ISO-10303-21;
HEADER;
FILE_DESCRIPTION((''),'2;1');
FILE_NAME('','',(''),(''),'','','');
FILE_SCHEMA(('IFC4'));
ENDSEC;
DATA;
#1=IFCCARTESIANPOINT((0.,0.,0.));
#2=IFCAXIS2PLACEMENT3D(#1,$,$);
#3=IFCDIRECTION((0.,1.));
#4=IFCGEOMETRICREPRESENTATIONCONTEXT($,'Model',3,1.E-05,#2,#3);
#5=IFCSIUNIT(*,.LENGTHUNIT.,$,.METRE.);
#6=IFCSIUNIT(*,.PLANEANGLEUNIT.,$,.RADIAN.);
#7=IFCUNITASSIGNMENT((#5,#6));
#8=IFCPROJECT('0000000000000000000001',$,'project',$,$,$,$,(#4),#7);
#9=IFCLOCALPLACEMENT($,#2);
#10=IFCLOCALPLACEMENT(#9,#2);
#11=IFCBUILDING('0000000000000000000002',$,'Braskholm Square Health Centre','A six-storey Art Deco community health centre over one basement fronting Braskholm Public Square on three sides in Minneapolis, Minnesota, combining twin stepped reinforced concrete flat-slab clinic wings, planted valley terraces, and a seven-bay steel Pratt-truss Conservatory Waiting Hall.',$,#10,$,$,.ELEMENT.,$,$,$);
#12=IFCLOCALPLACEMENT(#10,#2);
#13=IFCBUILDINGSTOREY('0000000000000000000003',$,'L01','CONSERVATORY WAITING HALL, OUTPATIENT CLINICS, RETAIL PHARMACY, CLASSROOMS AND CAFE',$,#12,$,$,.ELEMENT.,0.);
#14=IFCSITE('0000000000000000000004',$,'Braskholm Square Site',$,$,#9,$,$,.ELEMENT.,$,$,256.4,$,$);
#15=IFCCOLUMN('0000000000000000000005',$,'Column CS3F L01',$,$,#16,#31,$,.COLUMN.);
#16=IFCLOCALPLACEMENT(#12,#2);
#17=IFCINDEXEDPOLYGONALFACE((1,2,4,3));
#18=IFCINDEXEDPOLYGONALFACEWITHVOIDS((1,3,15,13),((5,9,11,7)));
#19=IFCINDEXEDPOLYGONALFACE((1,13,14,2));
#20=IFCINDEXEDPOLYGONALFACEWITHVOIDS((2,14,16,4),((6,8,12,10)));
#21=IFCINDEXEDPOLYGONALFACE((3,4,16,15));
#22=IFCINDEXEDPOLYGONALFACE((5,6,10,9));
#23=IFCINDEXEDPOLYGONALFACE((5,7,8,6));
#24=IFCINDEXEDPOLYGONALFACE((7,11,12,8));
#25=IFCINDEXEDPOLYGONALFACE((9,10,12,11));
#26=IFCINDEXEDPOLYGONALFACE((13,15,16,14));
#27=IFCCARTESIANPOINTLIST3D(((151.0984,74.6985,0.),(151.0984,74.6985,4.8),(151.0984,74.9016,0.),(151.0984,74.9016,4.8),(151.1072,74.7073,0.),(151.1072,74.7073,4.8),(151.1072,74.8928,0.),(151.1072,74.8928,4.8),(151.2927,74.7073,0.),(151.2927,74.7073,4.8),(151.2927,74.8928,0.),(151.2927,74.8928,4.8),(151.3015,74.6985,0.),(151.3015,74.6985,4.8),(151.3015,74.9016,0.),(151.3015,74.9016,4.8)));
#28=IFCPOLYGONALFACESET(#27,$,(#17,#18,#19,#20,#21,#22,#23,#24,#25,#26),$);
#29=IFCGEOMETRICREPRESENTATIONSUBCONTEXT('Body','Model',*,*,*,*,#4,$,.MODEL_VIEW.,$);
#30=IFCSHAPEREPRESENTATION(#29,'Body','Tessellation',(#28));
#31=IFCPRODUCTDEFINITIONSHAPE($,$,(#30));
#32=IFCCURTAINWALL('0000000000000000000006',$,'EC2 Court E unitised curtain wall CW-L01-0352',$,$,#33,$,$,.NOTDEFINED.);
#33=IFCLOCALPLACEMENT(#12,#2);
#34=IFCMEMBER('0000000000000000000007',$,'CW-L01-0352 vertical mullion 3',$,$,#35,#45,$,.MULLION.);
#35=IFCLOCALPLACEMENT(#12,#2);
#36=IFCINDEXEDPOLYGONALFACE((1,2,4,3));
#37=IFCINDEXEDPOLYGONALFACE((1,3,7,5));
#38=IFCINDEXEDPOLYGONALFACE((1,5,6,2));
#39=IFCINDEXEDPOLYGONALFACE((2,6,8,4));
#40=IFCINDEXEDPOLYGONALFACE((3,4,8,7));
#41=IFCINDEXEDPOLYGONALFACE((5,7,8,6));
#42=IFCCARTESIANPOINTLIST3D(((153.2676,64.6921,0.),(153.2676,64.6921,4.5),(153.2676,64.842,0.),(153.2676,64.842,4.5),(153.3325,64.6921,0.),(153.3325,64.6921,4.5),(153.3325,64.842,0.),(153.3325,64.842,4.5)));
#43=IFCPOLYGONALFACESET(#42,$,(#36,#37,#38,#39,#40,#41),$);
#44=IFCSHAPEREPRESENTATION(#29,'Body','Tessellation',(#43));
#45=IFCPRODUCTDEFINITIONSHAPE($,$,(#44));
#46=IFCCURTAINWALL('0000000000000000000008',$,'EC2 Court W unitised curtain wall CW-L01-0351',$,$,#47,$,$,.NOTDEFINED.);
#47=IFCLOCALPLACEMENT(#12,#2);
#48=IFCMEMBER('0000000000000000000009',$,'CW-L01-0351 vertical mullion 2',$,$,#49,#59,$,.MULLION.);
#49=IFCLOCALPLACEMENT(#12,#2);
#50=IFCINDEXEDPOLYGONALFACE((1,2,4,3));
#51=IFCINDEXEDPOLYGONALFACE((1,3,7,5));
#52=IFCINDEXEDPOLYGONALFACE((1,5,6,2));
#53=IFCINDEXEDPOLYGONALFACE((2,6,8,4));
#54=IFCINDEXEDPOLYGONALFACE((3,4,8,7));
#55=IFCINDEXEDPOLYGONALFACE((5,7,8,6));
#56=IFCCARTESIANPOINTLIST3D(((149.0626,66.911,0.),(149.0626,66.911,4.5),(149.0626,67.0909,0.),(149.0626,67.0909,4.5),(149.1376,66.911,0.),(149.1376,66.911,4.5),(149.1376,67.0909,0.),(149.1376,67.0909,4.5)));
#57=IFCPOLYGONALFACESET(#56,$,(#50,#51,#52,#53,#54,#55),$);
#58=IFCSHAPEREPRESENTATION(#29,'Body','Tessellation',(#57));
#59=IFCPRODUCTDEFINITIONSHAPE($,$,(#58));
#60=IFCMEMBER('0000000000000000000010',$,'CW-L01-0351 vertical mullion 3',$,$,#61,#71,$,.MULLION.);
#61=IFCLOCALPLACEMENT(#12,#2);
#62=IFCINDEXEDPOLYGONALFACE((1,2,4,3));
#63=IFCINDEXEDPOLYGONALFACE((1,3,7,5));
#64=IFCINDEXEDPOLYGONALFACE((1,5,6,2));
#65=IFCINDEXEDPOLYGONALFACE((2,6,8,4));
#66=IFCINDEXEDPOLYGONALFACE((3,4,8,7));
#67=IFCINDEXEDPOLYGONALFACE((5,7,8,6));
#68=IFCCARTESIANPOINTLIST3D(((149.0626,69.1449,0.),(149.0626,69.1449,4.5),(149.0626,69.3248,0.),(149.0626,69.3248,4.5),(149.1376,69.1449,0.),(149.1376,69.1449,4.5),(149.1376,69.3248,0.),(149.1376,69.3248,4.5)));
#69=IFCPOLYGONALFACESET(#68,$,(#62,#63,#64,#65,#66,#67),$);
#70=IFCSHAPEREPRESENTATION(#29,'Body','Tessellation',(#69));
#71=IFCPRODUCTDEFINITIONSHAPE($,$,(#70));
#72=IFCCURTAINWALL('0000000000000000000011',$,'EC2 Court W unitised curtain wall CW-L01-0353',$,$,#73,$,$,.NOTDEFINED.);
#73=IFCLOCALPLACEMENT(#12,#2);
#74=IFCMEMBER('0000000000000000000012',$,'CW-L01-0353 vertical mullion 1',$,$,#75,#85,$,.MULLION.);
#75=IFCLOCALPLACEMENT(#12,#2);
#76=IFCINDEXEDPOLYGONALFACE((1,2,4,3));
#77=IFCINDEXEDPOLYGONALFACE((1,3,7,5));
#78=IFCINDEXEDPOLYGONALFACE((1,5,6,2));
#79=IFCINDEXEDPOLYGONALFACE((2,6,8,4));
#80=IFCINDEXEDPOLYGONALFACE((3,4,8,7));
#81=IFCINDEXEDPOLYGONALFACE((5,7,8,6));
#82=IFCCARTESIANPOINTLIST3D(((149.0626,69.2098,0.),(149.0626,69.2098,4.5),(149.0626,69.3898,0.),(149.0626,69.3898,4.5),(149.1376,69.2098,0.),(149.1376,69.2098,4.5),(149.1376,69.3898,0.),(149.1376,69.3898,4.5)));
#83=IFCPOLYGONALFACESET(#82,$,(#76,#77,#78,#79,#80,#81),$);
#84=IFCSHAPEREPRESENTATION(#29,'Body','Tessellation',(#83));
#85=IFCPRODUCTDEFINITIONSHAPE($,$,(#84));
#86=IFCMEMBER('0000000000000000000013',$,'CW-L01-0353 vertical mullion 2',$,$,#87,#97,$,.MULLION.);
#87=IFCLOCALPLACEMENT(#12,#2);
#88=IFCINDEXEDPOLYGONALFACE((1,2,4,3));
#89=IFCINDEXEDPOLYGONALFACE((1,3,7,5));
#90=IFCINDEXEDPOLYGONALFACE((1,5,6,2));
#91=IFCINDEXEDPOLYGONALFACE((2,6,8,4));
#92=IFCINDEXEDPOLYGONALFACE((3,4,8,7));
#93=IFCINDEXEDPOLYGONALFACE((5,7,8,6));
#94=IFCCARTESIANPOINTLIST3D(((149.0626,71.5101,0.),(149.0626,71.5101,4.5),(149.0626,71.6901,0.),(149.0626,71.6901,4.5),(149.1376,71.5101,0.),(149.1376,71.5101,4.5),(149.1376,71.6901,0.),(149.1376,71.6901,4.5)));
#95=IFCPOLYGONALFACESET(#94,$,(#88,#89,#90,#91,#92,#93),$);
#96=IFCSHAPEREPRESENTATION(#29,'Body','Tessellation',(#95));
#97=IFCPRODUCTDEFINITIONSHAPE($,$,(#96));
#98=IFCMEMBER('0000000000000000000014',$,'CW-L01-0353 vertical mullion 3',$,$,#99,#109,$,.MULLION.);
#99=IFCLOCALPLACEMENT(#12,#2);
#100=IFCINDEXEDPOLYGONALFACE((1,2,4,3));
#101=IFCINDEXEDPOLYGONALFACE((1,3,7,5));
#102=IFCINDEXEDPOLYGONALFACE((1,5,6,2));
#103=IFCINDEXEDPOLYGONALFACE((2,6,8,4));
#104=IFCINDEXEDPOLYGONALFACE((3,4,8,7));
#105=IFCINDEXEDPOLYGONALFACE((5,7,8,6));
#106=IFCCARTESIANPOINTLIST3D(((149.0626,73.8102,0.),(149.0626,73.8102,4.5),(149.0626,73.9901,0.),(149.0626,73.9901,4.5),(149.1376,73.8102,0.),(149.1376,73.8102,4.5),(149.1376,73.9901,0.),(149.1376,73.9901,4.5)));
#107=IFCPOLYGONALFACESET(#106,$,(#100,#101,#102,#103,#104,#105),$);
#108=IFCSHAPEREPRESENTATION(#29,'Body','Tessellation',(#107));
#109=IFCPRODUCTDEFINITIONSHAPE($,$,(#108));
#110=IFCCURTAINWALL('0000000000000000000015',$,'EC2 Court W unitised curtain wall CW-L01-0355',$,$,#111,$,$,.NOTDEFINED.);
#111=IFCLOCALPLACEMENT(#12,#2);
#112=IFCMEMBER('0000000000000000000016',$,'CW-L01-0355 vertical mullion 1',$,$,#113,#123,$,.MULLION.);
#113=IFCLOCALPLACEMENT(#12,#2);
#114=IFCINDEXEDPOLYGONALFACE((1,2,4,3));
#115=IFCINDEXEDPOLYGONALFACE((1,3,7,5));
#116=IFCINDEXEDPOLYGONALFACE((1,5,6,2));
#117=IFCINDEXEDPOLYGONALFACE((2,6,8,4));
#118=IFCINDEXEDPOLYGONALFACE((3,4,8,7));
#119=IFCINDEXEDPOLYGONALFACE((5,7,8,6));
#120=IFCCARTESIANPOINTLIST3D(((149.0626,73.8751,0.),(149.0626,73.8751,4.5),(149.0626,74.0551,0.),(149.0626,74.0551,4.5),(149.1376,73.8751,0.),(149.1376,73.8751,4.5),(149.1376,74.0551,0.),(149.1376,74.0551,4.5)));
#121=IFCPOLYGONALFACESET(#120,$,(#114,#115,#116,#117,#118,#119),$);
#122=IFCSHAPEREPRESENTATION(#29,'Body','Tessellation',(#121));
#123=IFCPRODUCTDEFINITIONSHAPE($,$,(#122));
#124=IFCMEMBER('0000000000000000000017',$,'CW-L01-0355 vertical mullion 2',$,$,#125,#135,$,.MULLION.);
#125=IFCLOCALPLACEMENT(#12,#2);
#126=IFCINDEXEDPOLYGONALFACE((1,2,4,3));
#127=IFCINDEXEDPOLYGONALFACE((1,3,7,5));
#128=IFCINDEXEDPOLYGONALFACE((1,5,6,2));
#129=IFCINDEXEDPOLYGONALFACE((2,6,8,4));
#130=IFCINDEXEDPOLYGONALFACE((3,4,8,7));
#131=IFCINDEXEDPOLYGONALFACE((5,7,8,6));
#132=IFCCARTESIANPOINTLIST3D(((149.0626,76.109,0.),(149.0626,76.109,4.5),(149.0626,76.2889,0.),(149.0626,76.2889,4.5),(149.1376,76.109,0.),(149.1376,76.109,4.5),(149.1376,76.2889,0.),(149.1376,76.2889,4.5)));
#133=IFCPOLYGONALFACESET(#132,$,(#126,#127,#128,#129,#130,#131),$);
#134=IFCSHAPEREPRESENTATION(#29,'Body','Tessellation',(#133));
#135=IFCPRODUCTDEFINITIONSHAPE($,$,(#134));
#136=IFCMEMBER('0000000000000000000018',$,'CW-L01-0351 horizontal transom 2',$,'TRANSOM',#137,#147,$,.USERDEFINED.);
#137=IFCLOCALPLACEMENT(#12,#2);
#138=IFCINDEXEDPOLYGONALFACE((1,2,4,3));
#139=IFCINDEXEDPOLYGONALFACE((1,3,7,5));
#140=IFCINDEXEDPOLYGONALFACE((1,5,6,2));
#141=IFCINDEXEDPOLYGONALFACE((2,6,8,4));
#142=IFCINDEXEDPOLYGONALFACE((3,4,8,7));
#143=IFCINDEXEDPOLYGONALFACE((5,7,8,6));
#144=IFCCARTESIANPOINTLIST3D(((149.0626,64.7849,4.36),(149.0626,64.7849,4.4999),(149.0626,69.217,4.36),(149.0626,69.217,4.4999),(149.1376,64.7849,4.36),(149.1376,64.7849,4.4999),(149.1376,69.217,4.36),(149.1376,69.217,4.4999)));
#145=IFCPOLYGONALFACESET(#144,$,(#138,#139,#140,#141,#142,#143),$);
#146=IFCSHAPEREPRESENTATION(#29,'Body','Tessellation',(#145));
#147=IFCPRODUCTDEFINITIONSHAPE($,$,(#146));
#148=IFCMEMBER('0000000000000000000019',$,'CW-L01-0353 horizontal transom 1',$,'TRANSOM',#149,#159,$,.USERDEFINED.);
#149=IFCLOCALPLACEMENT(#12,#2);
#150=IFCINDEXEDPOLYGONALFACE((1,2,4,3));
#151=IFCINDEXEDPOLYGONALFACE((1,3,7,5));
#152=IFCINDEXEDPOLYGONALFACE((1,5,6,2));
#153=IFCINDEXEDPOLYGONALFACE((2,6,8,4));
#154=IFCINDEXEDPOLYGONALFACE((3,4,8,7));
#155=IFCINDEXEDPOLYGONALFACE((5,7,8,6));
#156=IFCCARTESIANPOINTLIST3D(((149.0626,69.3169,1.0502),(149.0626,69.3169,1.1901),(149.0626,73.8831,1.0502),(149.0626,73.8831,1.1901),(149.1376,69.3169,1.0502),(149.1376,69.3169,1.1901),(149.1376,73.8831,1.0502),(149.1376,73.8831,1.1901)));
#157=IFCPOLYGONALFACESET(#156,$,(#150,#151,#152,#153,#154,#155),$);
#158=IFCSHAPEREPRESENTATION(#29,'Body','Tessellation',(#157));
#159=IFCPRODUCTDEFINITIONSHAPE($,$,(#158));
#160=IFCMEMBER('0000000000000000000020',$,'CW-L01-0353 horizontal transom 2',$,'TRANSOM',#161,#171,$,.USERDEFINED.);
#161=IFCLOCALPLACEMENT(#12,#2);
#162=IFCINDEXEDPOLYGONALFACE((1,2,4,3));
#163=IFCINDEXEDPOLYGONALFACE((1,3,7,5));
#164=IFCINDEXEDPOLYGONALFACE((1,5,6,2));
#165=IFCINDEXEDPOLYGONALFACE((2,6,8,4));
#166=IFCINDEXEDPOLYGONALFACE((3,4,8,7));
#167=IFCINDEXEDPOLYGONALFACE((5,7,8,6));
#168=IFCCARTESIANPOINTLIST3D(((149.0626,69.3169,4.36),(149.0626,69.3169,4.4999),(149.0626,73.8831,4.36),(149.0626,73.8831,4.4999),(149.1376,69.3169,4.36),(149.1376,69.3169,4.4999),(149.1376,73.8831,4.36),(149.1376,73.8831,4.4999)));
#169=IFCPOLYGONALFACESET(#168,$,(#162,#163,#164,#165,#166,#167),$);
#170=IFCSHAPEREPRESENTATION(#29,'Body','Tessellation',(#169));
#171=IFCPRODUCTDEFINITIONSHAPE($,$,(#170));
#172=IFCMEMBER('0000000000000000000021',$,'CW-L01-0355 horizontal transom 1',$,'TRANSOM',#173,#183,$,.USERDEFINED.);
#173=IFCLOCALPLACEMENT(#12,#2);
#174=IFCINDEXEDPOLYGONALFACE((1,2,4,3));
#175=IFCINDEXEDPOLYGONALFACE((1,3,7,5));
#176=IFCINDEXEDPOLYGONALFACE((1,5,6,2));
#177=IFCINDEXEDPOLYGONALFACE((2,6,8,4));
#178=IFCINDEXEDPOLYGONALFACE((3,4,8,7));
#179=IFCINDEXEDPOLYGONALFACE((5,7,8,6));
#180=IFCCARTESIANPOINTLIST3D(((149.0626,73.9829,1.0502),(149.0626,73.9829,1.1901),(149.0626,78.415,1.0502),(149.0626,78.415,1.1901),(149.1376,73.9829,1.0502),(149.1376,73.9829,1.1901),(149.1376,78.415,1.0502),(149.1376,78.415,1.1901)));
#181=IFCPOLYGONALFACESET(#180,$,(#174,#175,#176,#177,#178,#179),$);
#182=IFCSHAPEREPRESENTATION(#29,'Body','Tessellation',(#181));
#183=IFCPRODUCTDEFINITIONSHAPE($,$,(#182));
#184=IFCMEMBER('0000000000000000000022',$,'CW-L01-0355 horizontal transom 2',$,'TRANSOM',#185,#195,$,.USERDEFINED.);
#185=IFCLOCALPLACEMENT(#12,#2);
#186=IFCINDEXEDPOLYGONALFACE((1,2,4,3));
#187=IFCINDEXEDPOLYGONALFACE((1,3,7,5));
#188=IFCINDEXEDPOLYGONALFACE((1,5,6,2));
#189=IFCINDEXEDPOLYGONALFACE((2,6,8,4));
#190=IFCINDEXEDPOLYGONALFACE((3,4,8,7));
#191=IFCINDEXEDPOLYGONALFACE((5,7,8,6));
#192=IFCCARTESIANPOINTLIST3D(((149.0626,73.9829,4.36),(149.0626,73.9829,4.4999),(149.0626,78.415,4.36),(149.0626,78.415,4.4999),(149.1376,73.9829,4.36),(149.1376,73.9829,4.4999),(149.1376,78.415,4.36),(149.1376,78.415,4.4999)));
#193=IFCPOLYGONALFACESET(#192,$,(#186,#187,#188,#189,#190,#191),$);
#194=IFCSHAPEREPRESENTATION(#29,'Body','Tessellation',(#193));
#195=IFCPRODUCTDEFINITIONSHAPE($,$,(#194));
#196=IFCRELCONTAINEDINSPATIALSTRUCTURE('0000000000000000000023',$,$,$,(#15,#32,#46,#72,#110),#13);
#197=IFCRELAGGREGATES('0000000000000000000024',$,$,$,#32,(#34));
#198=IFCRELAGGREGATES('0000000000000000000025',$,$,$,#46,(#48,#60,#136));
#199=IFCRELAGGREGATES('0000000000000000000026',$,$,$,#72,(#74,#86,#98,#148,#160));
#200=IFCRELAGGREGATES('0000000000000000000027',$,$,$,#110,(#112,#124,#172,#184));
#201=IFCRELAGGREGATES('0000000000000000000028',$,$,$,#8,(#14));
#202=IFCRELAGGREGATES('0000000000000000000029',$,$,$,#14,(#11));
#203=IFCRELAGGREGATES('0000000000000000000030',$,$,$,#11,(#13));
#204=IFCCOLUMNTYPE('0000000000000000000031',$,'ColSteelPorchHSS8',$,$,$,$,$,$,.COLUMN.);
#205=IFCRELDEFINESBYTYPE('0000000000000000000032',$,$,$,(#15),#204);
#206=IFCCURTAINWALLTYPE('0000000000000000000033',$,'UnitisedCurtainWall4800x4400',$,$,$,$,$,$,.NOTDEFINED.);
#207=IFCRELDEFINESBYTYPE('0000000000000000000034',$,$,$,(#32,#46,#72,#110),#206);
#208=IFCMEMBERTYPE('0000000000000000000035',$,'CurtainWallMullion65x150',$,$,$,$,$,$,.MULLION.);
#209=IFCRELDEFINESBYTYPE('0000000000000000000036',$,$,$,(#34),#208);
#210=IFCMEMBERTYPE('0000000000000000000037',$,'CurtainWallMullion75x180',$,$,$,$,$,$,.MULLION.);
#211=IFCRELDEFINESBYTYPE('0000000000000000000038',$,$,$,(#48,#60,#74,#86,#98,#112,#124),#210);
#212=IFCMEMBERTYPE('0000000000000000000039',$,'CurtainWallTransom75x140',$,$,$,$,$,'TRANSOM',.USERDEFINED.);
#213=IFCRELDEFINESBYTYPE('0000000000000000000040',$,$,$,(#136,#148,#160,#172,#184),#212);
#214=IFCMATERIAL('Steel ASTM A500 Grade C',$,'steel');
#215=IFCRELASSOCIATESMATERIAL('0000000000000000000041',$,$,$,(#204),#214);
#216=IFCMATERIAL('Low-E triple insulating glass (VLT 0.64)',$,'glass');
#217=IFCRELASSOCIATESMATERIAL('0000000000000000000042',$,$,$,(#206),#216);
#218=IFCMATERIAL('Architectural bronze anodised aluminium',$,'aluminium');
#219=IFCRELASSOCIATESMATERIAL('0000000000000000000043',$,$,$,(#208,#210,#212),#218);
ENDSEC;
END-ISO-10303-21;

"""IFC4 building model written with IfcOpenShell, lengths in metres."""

from ifc_helpers import new_model, si_unit, direction, frame, origin, origin_2d, place, context, subcontext, project, spatial, rectangle, hollow_rectangle, extrude, material, material_profile, profile_set, type_object, element, aggregate, save


model = new_model("IFC4")

# Units and contexts
model_context = context("Model", 3, precision=1e-05, world=origin(), true_north=direction((0.0, 1.0)))
body_context = subcontext(model_context, "Body", "Model", "MODEL_VIEW")
ifc_project = project(units=[si_unit("LENGTHUNIT", "METRE"), si_unit("PLANEANGLEUNIT", "RADIAN")], contexts=[model_context])

# Site, building, storey
site_placement = place(None, origin())
site = spatial("IfcSite", under=ifc_project, at=site_placement, Name="Braskholm Square Site", CompositionType="ELEMENT", RefElevation=256.4)
building_placement = place(site_placement, origin())
building = spatial("IfcBuilding", under=site, at=building_placement, Name="Braskholm Square Health Centre", Description="A six-storey Art Deco community health centre over one basement fronting Braskholm Public Square on three sides in Minneapolis, Minnesota, combining twin stepped reinforced concrete flat-slab clinic wings, planted valley terraces, and a seven-bay steel Pratt-truss Conservatory Waiting Hall.", CompositionType="ELEMENT")
storey_placement = place(building_placement, origin())
storey = spatial("IfcBuildingStorey", under=building, at=storey_placement, Name="L01", Description="CONSERVATORY WAITING HALL, OUTPATIENT CLINICS, RETAIL PHARMACY, CLASSROOMS AND CAFE", CompositionType="ELEMENT", Elevation=0.0)

# Column
ifc_material_1 = material(Name="Steel ASTM A500 Grade C", Category="steel")
ifc_material_profile_1 = material_profile(ifc_material_1, hollow_rectangle(XDim=0.2031, YDim=0.2031, WallThickness=0.0088, at=origin_2d()), Name="HSS8X8X3/8")
ifc_profile_set_1 = profile_set([ifc_material_profile_1], Name="Steel ASTM A500 Grade C")
column_type = type_object("IfcColumnType", Name="ColSteelPorchHSS8", PredefinedType="COLUMN", material=ifc_profile_set_1)
column_placement = place(storey_placement, frame((151.2, 74.8, 0.0), z_axis=(0.0, 0.0, 1.0), x_axis=(1.0, 0.0, 0.0)))
element("IfcColumn", 1, at=column_placement, inside=storey, type_object=column_type, Name="Column CS3F L01", PredefinedType="COLUMN", context=body_context, shape_type="SweptSolid", body=[
    extrude(hollow_rectangle(XDim=0.2031, YDim=0.2031, WallThickness=0.0088, at=origin_2d()), origin(), (0.0, 0.0, 1.0), 4.8),
])

# Curtain wall, member
ifc_material_2 = material(Name="Low-E triple insulating glass (VLT 0.64)", Category="glass")
curtain_wall_type = type_object("IfcCurtainWallType", Name="UnitisedCurtainWall4800x4400", PredefinedType="NOTDEFINED", material=ifc_material_2)
curtain_wall_1_placement = place(storey_placement, origin())
curtain_wall_1 = element("IfcCurtainWall", 2, at=curtain_wall_1_placement, inside=storey, type_object=curtain_wall_type, Name="EC2 Court E unitised curtain wall CW-L01-0352", PredefinedType="NOTDEFINED")
ifc_material_3 = material(Name="Architectural bronze anodised aluminium", Category="aluminium")
ifc_material_profile_2 = material_profile(ifc_material_3, rectangle(XDim=0.0649, YDim=0.1499, at=origin_2d()), Name="ALU-65X150")
ifc_profile_set_2 = profile_set([ifc_material_profile_2], Name="Architectural bronze anodised aluminium")
member_type_1 = type_object("IfcMemberType", Name="CurtainWallMullion65x150", PredefinedType="MULLION", material=ifc_profile_set_2)
member_1_placement = place(storey_placement, frame((153.3, 64.7671, 0.0), z_axis=(0.0, 0.0, 1.0), x_axis=(1.0, 0.0, 0.0)))
member_1 = element("IfcMember", 3, at=member_1_placement, type_object=member_type_1, Name="CW-L01-0352 vertical mullion 3", PredefinedType="MULLION", context=body_context, shape_type="SweptSolid", body=[
    extrude(rectangle(XDim=0.0649, YDim=0.1499, at=origin_2d()), origin(), (0.0, 0.0, 1.0), 4.5),
])

# Curtain walls, members
curtain_wall_2_placement = place(storey_placement, origin())
curtain_wall_2 = element("IfcCurtainWall", 4, at=curtain_wall_2_placement, inside=storey, type_object=curtain_wall_type, Name="EC2 Court W unitised curtain wall CW-L01-0351", PredefinedType="NOTDEFINED")
ifc_material_profile_3 = material_profile(ifc_material_3, rectangle(XDim=0.075, YDim=0.1799, at=origin_2d()), Name="ALU-75X180")
ifc_profile_set_3 = profile_set([ifc_material_profile_3], Name="Architectural bronze anodised aluminium")
member_type_2 = type_object("IfcMemberType", Name="CurtainWallMullion75x180", PredefinedType="MULLION", material=ifc_profile_set_3)
member_2_placement = place(storey_placement, frame((149.1001, 67.001, 0.0), z_axis=(0.0, 0.0, 1.0), x_axis=(1.0, 0.0, 0.0)))
member_2 = element("IfcMember", 5, at=member_2_placement, type_object=member_type_2, Name="CW-L01-0351 vertical mullion 2", PredefinedType="MULLION", context=body_context, shape_type="SweptSolid", body=[
    extrude(rectangle(XDim=0.075, YDim=0.1799, at=origin_2d()), origin(), (0.0, 0.0, 1.0), 4.5),
])
member_3_placement = place(storey_placement, frame((149.1001, 69.2349, 0.0), z_axis=(0.0, 0.0, 1.0), x_axis=(1.0, 0.0, 0.0)))
member_3 = element("IfcMember", 6, at=member_3_placement, type_object=member_type_2, Name="CW-L01-0351 vertical mullion 3", PredefinedType="MULLION", context=body_context, shape_type="SweptSolid", body=[
    extrude(rectangle(XDim=0.075, YDim=0.1799, at=origin_2d()), origin(), (0.0, 0.0, 1.0), 4.5),
])
curtain_wall_3_placement = place(storey_placement, origin())
curtain_wall_3 = element("IfcCurtainWall", 7, at=curtain_wall_3_placement, inside=storey, type_object=curtain_wall_type, Name="EC2 Court W unitised curtain wall CW-L01-0353", PredefinedType="NOTDEFINED")
member_4_placement = place(storey_placement, frame((149.1001, 69.2998, 0.0), z_axis=(0.0, 0.0, 1.0), x_axis=(1.0, 0.0, 0.0)))
member_4 = element("IfcMember", 8, at=member_4_placement, type_object=member_type_2, Name="CW-L01-0353 vertical mullion 1", PredefinedType="MULLION", context=body_context, shape_type="SweptSolid", body=[
    extrude(rectangle(XDim=0.075, YDim=0.1799, at=origin_2d()), origin(), (0.0, 0.0, 1.0), 4.5),
])
member_5_placement = place(storey_placement, frame((149.1001, 71.6001, 0.0), z_axis=(0.0, 0.0, 1.0), x_axis=(1.0, 0.0, 0.0)))
member_5 = element("IfcMember", 9, at=member_5_placement, type_object=member_type_2, Name="CW-L01-0353 vertical mullion 2", PredefinedType="MULLION", context=body_context, shape_type="SweptSolid", body=[
    extrude(rectangle(XDim=0.075, YDim=0.1799, at=origin_2d()), origin(), (0.0, 0.0, 1.0), 4.5),
])
member_6_placement = place(storey_placement, frame((149.1001, 73.9001, 0.0), z_axis=(0.0, 0.0, 1.0), x_axis=(1.0, 0.0, 0.0)))
member_6 = element("IfcMember", 10, at=member_6_placement, type_object=member_type_2, Name="CW-L01-0353 vertical mullion 3", PredefinedType="MULLION", context=body_context, shape_type="SweptSolid", body=[
    extrude(rectangle(XDim=0.075, YDim=0.1799, at=origin_2d()), origin(), (0.0, 0.0, 1.0), 4.5),
])
curtain_wall_4_placement = place(storey_placement, origin())
curtain_wall_4 = element("IfcCurtainWall", 11, at=curtain_wall_4_placement, inside=storey, type_object=curtain_wall_type, Name="EC2 Court W unitised curtain wall CW-L01-0355", PredefinedType="NOTDEFINED")
member_7_placement = place(storey_placement, frame((149.1001, 73.9651, 0.0), z_axis=(0.0, 0.0, 1.0), x_axis=(1.0, 0.0, 0.0)))
member_7 = element("IfcMember", 12, at=member_7_placement, type_object=member_type_2, Name="CW-L01-0355 vertical mullion 1", PredefinedType="MULLION", context=body_context, shape_type="SweptSolid", body=[
    extrude(rectangle(XDim=0.075, YDim=0.1799, at=origin_2d()), origin(), (0.0, 0.0, 1.0), 4.5),
])
member_8_placement = place(storey_placement, frame((149.1001, 76.199, 0.0), z_axis=(0.0, 0.0, 1.0), x_axis=(1.0, 0.0, 0.0)))
member_8 = element("IfcMember", 13, at=member_8_placement, type_object=member_type_2, Name="CW-L01-0355 vertical mullion 2", PredefinedType="MULLION", context=body_context, shape_type="SweptSolid", body=[
    extrude(rectangle(XDim=0.075, YDim=0.1799, at=origin_2d()), origin(), (0.0, 0.0, 1.0), 4.5),
])

# Members
ifc_material_profile_4 = material_profile(ifc_material_3, rectangle(XDim=0.075, YDim=0.1399, at=origin_2d()), Name="ALU-75X140")
ifc_profile_set_4 = profile_set([ifc_material_profile_4], Name="Architectural bronze anodised aluminium")
member_type_3 = type_object("IfcMemberType", Name="CurtainWallTransom75x140", ElementType="TRANSOM", PredefinedType="USERDEFINED", material=ifc_profile_set_4)
member_9_placement = place(storey_placement, frame((149.1001, 64.7849, 4.4299), z_axis=(0.0, 1.0, 0.0), x_axis=(-1.0, 0.0, 0.0)))
member_9 = element("IfcMember", 14, at=member_9_placement, type_object=member_type_3, Name="CW-L01-0351 horizontal transom 2", ObjectType="TRANSOM", PredefinedType="USERDEFINED", context=body_context, shape_type="SweptSolid", body=[
    extrude(rectangle(XDim=0.075, YDim=0.1399, at=origin_2d()), origin(), (0.0, 0.0, 1.0), 4.4321),
])
member_10_placement = place(storey_placement, frame((149.1001, 69.3169, 1.1201), z_axis=(0.0, 1.0, 0.0), x_axis=(-1.0, 0.0, 0.0)))
member_10 = element("IfcMember", 15, at=member_10_placement, type_object=member_type_3, Name="CW-L01-0353 horizontal transom 1", ObjectType="TRANSOM", PredefinedType="USERDEFINED", context=body_context, shape_type="SweptSolid", body=[
    extrude(rectangle(XDim=0.075, YDim=0.1399, at=origin_2d()), origin(), (0.0, 0.0, 1.0), 4.5662),
])
member_11_placement = place(storey_placement, frame((149.1001, 69.3169, 4.4299), z_axis=(0.0, 1.0, 0.0), x_axis=(-1.0, 0.0, 0.0)))
member_11 = element("IfcMember", 16, at=member_11_placement, type_object=member_type_3, Name="CW-L01-0353 horizontal transom 2", ObjectType="TRANSOM", PredefinedType="USERDEFINED", context=body_context, shape_type="SweptSolid", body=[
    extrude(rectangle(XDim=0.075, YDim=0.1399, at=origin_2d()), origin(), (0.0, 0.0, 1.0), 4.5662),
])
member_12_placement = place(storey_placement, frame((149.1001, 73.9829, 1.1201), z_axis=(0.0, 1.0, 0.0), x_axis=(-1.0, 0.0, 0.0)))
member_12 = element("IfcMember", 17, at=member_12_placement, type_object=member_type_3, Name="CW-L01-0355 horizontal transom 1", ObjectType="TRANSOM", PredefinedType="USERDEFINED", context=body_context, shape_type="SweptSolid", body=[
    extrude(rectangle(XDim=0.075, YDim=0.1399, at=origin_2d()), origin(), (0.0, 0.0, 1.0), 4.4321),
])
member_13_placement = place(storey_placement, frame((149.1001, 73.9829, 4.4299), z_axis=(0.0, 1.0, 0.0), x_axis=(-1.0, 0.0, 0.0)))
member_13 = element("IfcMember", 18, at=member_13_placement, type_object=member_type_3, Name="CW-L01-0355 horizontal transom 2", ObjectType="TRANSOM", PredefinedType="USERDEFINED", context=body_context, shape_type="SweptSolid", body=[
    extrude(rectangle(XDim=0.075, YDim=0.1399, at=origin_2d()), origin(), (0.0, 0.0, 1.0), 4.4321),
])

aggregate(curtain_wall_1, [member_1])
aggregate(curtain_wall_2, [member_2, member_3, member_9])
aggregate(curtain_wall_3, [member_4, member_5, member_6, member_10, member_11])
aggregate(curtain_wall_4, [member_7, member_8, member_12, member_13])

save(model, "model.ifc")
